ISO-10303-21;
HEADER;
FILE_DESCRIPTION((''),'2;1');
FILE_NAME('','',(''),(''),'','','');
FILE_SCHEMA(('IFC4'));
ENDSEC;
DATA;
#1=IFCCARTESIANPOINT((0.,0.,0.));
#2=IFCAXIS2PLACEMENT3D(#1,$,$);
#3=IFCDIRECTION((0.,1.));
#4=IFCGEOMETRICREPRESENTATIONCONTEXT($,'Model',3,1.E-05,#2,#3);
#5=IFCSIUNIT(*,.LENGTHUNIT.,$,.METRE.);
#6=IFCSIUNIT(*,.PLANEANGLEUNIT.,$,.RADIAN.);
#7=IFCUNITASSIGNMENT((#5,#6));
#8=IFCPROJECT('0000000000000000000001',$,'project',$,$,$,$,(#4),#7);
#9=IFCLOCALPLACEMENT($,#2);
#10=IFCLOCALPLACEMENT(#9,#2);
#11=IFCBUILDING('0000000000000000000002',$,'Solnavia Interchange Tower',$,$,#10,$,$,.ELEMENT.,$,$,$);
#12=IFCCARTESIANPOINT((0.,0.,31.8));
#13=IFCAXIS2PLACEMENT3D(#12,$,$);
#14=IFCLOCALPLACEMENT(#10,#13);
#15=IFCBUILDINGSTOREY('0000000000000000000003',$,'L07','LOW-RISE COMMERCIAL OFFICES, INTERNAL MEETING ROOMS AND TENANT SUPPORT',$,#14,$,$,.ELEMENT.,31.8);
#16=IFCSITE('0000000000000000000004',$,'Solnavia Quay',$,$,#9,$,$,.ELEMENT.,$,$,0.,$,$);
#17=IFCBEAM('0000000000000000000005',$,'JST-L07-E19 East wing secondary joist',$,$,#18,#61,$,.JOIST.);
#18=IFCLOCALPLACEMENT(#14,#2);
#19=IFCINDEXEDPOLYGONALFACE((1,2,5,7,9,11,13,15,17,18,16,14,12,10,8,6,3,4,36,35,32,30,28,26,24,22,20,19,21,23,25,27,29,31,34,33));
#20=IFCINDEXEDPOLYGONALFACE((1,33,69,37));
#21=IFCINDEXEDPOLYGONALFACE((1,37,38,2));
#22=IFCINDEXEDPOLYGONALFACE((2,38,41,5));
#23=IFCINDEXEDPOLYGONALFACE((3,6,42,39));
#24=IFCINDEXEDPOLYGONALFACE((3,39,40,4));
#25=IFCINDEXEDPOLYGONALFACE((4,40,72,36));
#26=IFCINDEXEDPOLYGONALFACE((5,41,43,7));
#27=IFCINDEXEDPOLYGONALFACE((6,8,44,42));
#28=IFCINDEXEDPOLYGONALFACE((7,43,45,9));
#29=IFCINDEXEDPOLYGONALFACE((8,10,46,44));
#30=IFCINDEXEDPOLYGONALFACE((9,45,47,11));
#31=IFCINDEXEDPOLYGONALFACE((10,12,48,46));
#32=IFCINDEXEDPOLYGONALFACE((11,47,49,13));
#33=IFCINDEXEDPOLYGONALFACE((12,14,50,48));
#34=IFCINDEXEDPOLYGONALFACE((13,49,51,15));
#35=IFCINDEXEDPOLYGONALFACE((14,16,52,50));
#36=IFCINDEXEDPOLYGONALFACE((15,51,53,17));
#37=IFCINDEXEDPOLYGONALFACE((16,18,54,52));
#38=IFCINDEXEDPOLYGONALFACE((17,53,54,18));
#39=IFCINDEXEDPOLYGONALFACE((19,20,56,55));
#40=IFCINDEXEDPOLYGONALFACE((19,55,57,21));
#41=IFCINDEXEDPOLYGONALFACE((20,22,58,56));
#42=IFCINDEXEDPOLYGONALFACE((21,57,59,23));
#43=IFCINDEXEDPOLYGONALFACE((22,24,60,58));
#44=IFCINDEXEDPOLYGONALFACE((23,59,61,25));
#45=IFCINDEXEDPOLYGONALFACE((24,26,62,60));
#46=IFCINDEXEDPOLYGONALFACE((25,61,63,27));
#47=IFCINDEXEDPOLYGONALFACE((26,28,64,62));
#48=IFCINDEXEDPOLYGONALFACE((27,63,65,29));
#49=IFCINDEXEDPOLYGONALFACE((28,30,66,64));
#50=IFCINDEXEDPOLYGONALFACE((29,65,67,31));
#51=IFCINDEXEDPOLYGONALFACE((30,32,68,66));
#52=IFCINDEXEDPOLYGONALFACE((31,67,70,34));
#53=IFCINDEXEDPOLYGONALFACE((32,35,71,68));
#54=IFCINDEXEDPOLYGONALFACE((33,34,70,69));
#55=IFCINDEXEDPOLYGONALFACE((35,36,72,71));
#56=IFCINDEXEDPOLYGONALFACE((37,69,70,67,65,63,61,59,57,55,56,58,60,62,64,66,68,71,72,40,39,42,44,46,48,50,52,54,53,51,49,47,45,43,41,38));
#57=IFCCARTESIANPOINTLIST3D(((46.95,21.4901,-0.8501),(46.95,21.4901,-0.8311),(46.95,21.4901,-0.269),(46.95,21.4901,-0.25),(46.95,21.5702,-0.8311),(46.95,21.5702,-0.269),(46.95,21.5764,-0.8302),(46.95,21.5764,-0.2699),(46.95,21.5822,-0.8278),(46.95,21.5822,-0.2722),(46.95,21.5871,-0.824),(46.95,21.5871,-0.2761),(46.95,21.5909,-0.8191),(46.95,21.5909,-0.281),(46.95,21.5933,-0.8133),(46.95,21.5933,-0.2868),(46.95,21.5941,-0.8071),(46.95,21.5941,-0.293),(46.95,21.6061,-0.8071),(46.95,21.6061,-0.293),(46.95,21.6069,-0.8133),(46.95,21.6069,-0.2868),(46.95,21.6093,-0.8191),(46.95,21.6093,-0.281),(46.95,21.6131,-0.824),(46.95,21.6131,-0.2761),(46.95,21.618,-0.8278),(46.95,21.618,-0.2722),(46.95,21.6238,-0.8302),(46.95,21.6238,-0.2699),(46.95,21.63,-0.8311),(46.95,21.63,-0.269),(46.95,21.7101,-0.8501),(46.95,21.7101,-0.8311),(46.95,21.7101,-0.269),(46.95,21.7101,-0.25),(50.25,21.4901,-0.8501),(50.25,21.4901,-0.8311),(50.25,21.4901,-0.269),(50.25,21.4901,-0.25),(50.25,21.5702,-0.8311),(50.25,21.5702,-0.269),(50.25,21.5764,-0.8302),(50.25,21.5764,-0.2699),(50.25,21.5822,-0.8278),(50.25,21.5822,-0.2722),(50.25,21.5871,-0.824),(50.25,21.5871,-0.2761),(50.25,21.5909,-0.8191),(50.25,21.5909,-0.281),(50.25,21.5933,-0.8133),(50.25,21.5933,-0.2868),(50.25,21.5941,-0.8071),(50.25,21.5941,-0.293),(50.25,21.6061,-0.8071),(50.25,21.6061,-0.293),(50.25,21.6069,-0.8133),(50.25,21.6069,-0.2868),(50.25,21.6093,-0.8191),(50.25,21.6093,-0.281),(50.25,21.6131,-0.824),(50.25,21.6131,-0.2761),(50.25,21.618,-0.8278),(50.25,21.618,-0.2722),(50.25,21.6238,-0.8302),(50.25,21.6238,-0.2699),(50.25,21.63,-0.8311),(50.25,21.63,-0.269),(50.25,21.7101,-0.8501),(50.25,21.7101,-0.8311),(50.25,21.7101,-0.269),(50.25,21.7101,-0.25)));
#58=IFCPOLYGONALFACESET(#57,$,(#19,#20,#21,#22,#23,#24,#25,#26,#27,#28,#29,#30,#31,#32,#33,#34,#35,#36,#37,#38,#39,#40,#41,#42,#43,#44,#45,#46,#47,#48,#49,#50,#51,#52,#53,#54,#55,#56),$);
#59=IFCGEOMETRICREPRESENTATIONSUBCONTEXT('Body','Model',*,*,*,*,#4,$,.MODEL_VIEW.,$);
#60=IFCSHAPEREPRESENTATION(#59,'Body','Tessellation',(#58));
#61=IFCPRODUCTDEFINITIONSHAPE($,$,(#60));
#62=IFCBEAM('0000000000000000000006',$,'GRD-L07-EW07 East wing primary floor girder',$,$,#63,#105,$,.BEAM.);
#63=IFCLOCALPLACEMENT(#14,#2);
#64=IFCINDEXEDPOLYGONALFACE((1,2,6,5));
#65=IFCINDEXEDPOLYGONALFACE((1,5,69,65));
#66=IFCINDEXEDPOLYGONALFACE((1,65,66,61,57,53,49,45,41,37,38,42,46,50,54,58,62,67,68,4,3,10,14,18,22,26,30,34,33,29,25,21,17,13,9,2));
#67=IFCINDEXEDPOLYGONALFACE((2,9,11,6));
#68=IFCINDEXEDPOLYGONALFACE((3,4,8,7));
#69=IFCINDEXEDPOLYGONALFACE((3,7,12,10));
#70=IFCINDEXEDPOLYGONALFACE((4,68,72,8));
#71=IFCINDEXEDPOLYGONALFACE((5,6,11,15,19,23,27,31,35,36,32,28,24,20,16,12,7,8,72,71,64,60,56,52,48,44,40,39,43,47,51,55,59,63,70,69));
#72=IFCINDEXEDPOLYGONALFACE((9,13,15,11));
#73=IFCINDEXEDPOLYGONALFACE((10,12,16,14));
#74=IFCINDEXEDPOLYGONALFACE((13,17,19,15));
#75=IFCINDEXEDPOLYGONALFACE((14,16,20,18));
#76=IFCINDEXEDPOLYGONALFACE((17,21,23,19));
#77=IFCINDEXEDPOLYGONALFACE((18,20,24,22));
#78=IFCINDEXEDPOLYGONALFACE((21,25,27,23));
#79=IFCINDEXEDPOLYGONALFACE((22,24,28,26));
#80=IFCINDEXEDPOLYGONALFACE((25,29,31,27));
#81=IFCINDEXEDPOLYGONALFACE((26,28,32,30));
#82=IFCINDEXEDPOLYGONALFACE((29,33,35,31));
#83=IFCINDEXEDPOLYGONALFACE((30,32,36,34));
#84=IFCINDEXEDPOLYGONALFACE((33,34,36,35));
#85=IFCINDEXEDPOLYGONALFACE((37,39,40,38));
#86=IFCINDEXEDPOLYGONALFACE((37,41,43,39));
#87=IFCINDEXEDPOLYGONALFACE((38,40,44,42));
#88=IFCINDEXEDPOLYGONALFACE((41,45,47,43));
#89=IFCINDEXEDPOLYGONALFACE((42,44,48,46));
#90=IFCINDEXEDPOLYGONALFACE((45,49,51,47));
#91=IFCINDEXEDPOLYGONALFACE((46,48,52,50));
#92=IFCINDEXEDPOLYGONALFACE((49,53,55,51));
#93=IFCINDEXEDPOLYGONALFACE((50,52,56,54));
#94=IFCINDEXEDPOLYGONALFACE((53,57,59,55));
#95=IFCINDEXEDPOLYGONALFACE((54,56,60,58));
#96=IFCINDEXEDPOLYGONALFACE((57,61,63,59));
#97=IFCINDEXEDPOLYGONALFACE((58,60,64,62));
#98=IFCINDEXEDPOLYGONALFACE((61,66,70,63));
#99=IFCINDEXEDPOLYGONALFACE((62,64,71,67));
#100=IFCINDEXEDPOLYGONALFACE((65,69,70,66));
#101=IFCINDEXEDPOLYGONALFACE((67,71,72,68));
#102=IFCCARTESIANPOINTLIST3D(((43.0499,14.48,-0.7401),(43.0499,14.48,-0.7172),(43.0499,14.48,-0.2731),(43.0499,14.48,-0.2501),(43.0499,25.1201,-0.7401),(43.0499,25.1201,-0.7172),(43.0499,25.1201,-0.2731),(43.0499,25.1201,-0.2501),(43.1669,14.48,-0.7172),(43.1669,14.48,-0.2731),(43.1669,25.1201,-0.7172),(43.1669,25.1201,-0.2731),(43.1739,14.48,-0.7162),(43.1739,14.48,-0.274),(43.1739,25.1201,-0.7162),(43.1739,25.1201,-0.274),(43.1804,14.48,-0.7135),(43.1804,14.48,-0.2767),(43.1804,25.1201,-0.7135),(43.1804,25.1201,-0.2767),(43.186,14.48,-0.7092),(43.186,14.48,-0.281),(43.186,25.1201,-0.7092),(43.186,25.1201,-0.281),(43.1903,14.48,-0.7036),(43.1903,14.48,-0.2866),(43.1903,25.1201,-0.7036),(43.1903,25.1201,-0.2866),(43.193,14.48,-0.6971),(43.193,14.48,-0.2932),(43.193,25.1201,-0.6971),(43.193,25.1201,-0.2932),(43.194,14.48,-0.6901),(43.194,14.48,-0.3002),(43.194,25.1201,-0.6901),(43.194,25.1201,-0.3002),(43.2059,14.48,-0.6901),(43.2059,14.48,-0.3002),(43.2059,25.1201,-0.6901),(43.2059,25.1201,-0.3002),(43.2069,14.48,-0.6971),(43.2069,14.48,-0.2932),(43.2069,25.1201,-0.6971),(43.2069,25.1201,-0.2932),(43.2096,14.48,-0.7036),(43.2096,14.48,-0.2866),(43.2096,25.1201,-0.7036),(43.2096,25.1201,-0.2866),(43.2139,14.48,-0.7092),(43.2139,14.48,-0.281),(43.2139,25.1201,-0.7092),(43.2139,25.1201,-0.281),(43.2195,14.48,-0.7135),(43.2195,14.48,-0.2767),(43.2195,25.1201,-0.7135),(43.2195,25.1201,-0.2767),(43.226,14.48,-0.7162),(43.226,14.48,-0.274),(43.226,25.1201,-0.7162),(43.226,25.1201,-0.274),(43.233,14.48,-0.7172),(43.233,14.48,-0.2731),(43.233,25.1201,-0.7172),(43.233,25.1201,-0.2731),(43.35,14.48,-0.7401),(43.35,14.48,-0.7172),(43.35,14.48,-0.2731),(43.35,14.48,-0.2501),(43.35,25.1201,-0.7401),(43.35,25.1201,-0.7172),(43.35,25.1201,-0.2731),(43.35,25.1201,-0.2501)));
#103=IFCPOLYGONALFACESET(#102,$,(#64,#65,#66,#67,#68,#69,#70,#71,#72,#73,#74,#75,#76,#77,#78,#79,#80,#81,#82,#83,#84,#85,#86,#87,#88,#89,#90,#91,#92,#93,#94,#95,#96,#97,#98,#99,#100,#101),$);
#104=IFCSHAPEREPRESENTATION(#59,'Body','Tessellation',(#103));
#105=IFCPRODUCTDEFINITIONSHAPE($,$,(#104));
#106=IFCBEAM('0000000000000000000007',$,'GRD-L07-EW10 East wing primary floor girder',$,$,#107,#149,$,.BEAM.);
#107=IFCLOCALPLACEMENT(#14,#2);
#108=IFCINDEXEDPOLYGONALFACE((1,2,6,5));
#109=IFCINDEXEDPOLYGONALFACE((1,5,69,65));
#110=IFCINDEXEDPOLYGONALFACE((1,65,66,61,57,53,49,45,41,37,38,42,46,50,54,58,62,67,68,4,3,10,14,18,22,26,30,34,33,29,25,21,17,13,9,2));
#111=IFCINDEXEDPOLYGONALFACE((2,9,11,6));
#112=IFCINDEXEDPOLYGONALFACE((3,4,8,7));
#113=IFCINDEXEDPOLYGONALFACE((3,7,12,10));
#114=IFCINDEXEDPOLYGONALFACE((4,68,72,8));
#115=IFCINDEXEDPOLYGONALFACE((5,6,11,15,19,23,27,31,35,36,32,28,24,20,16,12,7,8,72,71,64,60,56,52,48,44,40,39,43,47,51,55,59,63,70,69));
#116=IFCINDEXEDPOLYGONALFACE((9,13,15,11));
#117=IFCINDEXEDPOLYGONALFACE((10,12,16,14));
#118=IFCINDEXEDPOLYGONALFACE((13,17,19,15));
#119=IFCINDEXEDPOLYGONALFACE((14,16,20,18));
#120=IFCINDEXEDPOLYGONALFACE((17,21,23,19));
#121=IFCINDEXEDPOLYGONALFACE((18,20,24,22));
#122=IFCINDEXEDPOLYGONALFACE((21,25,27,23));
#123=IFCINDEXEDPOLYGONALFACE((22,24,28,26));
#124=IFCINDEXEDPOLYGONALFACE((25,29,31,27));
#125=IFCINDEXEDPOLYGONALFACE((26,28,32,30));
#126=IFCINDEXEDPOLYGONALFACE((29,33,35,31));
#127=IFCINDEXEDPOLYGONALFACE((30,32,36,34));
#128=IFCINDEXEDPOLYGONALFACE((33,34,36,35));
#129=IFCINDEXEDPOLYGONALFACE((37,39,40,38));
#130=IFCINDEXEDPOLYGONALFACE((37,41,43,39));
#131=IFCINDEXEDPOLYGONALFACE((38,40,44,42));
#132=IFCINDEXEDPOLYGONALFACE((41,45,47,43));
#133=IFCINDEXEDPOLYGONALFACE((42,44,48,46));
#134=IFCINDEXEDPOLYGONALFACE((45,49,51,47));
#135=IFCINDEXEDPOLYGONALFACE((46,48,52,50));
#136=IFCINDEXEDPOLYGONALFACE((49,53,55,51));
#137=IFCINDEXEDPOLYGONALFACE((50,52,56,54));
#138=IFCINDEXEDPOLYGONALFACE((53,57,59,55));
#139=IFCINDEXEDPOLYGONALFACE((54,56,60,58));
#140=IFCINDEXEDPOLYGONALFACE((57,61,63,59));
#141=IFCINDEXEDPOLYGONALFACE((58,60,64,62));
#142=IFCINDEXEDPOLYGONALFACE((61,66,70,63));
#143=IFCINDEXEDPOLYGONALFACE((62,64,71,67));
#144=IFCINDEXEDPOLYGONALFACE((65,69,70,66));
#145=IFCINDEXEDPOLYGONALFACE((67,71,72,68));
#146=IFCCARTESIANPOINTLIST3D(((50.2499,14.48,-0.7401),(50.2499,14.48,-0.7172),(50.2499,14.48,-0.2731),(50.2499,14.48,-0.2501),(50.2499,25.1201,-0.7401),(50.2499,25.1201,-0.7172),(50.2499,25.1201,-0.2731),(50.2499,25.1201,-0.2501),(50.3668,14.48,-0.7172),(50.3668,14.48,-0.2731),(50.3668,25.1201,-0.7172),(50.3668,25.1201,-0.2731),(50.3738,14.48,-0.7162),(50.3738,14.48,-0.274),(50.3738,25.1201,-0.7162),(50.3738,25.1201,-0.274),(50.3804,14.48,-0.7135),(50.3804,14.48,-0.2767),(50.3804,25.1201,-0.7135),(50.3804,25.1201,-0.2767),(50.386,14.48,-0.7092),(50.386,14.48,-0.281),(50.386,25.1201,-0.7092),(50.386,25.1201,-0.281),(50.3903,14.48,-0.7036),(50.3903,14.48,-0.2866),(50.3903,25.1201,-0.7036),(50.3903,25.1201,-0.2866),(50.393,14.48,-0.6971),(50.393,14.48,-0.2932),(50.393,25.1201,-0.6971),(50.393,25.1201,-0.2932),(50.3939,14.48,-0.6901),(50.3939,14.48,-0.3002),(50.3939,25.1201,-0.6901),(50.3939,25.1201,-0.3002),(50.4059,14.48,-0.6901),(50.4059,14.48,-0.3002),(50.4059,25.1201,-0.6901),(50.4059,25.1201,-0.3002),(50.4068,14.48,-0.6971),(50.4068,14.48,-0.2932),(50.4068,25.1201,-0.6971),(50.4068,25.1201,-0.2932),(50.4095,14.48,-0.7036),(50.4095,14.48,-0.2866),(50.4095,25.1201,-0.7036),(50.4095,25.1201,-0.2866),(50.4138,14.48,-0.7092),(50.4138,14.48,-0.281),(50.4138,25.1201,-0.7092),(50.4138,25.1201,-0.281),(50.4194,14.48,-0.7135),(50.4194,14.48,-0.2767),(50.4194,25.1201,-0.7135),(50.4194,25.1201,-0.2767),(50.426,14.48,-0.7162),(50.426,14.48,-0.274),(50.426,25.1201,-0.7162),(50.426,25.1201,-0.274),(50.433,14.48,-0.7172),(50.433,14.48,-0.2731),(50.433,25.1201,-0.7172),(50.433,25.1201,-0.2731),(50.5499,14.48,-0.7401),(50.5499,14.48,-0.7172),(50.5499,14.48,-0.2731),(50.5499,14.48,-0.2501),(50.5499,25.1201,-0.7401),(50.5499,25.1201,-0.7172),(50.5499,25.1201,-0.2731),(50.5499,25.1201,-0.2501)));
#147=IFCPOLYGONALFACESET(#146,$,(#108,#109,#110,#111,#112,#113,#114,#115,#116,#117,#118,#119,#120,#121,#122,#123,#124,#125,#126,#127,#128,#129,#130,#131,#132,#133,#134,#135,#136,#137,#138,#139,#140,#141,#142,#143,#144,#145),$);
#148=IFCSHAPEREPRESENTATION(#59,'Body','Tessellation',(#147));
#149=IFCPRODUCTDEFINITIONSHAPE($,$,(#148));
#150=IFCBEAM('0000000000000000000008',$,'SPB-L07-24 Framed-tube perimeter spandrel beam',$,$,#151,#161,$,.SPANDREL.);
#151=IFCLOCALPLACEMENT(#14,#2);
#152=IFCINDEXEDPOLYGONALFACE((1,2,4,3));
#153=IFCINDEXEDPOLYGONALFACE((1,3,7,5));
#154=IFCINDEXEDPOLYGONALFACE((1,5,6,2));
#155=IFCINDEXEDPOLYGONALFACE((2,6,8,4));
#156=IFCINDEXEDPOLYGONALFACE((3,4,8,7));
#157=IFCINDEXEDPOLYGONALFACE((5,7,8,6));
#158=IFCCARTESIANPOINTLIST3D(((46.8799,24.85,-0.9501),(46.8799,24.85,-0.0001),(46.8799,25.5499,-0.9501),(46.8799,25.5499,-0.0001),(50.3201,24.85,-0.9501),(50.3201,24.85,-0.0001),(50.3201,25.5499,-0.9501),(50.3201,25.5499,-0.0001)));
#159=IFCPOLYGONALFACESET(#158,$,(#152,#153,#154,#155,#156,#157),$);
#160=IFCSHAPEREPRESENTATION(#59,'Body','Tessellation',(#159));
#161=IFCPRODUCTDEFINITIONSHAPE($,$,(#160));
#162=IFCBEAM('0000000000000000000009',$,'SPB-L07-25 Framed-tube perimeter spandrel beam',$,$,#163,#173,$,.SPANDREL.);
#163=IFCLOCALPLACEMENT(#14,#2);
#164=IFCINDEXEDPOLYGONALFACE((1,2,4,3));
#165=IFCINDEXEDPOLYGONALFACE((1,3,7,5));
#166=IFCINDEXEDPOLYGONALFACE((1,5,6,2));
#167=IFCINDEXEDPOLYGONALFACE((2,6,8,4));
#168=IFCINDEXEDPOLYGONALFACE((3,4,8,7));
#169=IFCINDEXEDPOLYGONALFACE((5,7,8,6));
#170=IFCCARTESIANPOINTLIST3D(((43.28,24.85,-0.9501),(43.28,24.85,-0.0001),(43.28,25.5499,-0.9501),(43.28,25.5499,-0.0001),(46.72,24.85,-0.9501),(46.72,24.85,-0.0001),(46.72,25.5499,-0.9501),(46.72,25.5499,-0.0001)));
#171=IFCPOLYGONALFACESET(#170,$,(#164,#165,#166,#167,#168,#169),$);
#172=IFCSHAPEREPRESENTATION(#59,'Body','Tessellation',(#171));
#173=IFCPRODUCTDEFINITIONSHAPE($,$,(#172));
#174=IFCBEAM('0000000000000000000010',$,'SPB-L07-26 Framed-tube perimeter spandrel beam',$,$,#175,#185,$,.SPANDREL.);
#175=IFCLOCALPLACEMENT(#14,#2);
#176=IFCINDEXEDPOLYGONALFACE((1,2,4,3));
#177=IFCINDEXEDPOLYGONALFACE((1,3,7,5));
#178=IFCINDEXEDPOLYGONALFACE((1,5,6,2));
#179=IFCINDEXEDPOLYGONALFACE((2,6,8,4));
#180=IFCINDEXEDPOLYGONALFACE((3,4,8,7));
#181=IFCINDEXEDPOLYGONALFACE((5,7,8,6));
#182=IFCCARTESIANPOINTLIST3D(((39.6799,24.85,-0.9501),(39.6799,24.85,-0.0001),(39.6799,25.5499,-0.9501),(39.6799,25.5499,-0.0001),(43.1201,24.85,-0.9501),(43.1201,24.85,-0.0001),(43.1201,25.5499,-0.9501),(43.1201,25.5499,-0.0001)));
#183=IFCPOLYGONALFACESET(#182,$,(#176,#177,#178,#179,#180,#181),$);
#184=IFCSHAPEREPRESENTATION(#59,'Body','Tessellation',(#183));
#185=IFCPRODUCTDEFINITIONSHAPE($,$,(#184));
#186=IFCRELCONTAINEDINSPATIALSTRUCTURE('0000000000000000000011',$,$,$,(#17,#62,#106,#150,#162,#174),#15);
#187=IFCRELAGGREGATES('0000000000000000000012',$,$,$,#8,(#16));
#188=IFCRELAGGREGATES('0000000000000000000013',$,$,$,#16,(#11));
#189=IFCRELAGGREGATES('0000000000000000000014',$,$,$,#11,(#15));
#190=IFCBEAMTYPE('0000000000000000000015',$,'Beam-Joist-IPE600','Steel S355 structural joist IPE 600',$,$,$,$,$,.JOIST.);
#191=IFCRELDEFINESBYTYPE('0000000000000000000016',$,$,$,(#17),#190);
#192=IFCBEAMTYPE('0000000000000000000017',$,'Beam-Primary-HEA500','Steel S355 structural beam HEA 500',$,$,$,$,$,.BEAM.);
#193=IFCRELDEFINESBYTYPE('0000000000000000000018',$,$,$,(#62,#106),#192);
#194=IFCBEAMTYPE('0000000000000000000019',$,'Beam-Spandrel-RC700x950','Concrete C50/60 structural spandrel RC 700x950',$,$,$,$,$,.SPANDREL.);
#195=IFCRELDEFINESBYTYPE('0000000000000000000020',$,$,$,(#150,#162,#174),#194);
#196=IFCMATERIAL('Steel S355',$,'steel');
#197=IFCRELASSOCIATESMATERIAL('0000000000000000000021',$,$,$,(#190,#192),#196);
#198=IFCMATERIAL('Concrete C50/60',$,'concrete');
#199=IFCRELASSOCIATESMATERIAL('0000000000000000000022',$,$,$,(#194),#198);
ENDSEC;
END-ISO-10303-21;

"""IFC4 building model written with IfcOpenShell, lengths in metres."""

from ifc_helpers import new_model, si_unit, direction, frame, origin, origin_2d, place, context, subcontext, project, spatial, rectangle, i_section, extrude, material, material_profile, profile_set, type_object, element, save


model = new_model("IFC4")

# Units and contexts
model_context = context("Model", 3, precision=1e-05, world=origin(), true_north=direction((0.0, 1.0)))
body_context = subcontext(model_context, "Body", "Model", "MODEL_VIEW")
ifc_project = project(units=[si_unit("LENGTHUNIT", "METRE"), si_unit("PLANEANGLEUNIT", "RADIAN")], contexts=[model_context])

# Site, building, storey
site_placement = place(None, origin())
site = spatial("IfcSite", under=ifc_project, at=site_placement, Name="Solnavia Quay", CompositionType="ELEMENT", RefElevation=0.0)
building_placement = place(site_placement, origin())
building = spatial("IfcBuilding", under=site, at=building_placement, Name="Solnavia Interchange Tower", CompositionType="ELEMENT")
storey_placement = place(building_placement, frame((0.0, 0.0, 31.8)))
storey = spatial("IfcBuildingStorey", under=building, at=storey_placement, Name="L07", Description="LOW-RISE COMMERCIAL OFFICES, INTERNAL MEETING ROOMS AND TENANT SUPPORT", CompositionType="ELEMENT", Elevation=31.8)

# Shared definitions
ifc_material_1 = material(Name="Steel S355", Category="steel")

# Beams
ifc_material_profile_1 = material_profile(ifc_material_1, i_section(OverallWidth=0.22, OverallDepth=0.6001, WebThickness=0.012, FlangeThickness=0.019, FilletRadius=0.0239, at=origin_2d()), Name="IPE 600")
ifc_profile_set_1 = profile_set([ifc_material_profile_1], Name="Steel S355")
beam_type_1 = type_object("IfcBeamType", Name="Beam-Joist-IPE600", Description="Steel S355 structural joist IPE 600", PredefinedType="JOIST", material=ifc_profile_set_1)
beam_1_placement = place(storey_placement, frame((46.95, 21.6001, -0.55), z_axis=(1.0, 0.0, 0.0), x_axis=(0.0, 1.0, 0.0)))
element("IfcBeam", 1, at=beam_1_placement, inside=storey, type_object=beam_type_1, Name="JST-L07-E19 East wing secondary joist", PredefinedType="JOIST", context=body_context, shape_type="SweptSolid", body=[
    extrude(i_section(OverallWidth=0.22, OverallDepth=0.6001, WebThickness=0.012, FlangeThickness=0.019, FilletRadius=0.0239, at=origin_2d()), origin(), (0.0, 0.0, 1.0), 3.3),
])
ifc_material_profile_2 = material_profile(ifc_material_1, i_section(OverallWidth=0.3, OverallDepth=0.49, WebThickness=0.012, FlangeThickness=0.0229, FilletRadius=0.0271, at=origin_2d()), Name="HEA 500")
ifc_profile_set_2 = profile_set([ifc_material_profile_2], Name="Steel S355")
beam_type_2 = type_object("IfcBeamType", Name="Beam-Primary-HEA500", Description="Steel S355 structural beam HEA 500", PredefinedType="BEAM", material=ifc_profile_set_2)
for number, where, z_axis, x_axis, name in (
    (2, (43.2, 14.48, -0.4951), (0.0, 1.0, 0.0), (-1.0, 0.0, 0.0), "GRD-L07-EW07 East wing primary floor girder"),
    (3, (50.3999, 14.48, -0.4951), (0.0, 1.0, 0.0), (-1.0, 0.0, 0.0), "GRD-L07-EW10 East wing primary floor girder"),
):
    element("IfcBeam", number, at=place(storey_placement, frame(where, z_axis=z_axis, x_axis=x_axis)), inside=storey, type_object=beam_type_2, Name=name, PredefinedType="BEAM", context=body_context, shape_type="SweptSolid", body=[
        extrude(i_section(OverallWidth=0.3, OverallDepth=0.49, WebThickness=0.012, FlangeThickness=0.0229, FilletRadius=0.0271, at=origin_2d()), origin(), (0.0, 0.0, 1.0), 10.6401),
    ])
ifc_material_2 = material(Name="Concrete C50/60", Category="concrete")
ifc_material_profile_3 = material_profile(ifc_material_2, rectangle(XDim=0.7, YDim=0.95, at=origin_2d()), Name="RC 700x950")
ifc_profile_set_3 = profile_set([ifc_material_profile_3], Name="Concrete C50/60")
beam_type_3 = type_object("IfcBeamType", Name="Beam-Spandrel-RC700x950", Description="Concrete C50/60 structural spandrel RC 700x950", PredefinedType="SPANDREL", material=ifc_profile_set_3)
beam_2_placement = place(storey_placement, frame((50.3201, 25.2, -0.4751), z_axis=(-1.0, 0.0, 0.0), x_axis=(0.0, -1.0, 0.0)))
element("IfcBeam", 4, at=beam_2_placement, inside=storey, type_object=beam_type_3, Name="SPB-L07-24 Framed-tube perimeter spandrel beam", PredefinedType="SPANDREL", context=body_context, shape_type="SweptSolid", body=[
    extrude(rectangle(XDim=0.7, YDim=0.95, at=origin_2d()), origin(), (0.0, 0.0, 1.0), 3.4402),
])
beam_3_placement = place(storey_placement, frame((46.72, 25.2, -0.4751), z_axis=(-1.0, 0.0, 0.0), x_axis=(0.0, -1.0, 0.0)))
element("IfcBeam", 5, at=beam_3_placement, inside=storey, type_object=beam_type_3, Name="SPB-L07-25 Framed-tube perimeter spandrel beam", PredefinedType="SPANDREL", context=body_context, shape_type="SweptSolid", body=[
    extrude(rectangle(XDim=0.7, YDim=0.95, at=origin_2d()), origin(), (0.0, 0.0, 1.0), 3.4399),
])
beam_4_placement = place(storey_placement, frame((43.1201, 25.2, -0.4751), z_axis=(-1.0, 0.0, 0.0), x_axis=(0.0, -1.0, 0.0)))
element("IfcBeam", 6, at=beam_4_placement, inside=storey, type_object=beam_type_3, Name="SPB-L07-26 Framed-tube perimeter spandrel beam", PredefinedType="SPANDREL", context=body_context, shape_type="SweptSolid", body=[
    extrude(rectangle(XDim=0.7, YDim=0.95, at=origin_2d()), origin(), (0.0, 0.0, 1.0), 3.4402),
])

save(model, "model.ifc")
